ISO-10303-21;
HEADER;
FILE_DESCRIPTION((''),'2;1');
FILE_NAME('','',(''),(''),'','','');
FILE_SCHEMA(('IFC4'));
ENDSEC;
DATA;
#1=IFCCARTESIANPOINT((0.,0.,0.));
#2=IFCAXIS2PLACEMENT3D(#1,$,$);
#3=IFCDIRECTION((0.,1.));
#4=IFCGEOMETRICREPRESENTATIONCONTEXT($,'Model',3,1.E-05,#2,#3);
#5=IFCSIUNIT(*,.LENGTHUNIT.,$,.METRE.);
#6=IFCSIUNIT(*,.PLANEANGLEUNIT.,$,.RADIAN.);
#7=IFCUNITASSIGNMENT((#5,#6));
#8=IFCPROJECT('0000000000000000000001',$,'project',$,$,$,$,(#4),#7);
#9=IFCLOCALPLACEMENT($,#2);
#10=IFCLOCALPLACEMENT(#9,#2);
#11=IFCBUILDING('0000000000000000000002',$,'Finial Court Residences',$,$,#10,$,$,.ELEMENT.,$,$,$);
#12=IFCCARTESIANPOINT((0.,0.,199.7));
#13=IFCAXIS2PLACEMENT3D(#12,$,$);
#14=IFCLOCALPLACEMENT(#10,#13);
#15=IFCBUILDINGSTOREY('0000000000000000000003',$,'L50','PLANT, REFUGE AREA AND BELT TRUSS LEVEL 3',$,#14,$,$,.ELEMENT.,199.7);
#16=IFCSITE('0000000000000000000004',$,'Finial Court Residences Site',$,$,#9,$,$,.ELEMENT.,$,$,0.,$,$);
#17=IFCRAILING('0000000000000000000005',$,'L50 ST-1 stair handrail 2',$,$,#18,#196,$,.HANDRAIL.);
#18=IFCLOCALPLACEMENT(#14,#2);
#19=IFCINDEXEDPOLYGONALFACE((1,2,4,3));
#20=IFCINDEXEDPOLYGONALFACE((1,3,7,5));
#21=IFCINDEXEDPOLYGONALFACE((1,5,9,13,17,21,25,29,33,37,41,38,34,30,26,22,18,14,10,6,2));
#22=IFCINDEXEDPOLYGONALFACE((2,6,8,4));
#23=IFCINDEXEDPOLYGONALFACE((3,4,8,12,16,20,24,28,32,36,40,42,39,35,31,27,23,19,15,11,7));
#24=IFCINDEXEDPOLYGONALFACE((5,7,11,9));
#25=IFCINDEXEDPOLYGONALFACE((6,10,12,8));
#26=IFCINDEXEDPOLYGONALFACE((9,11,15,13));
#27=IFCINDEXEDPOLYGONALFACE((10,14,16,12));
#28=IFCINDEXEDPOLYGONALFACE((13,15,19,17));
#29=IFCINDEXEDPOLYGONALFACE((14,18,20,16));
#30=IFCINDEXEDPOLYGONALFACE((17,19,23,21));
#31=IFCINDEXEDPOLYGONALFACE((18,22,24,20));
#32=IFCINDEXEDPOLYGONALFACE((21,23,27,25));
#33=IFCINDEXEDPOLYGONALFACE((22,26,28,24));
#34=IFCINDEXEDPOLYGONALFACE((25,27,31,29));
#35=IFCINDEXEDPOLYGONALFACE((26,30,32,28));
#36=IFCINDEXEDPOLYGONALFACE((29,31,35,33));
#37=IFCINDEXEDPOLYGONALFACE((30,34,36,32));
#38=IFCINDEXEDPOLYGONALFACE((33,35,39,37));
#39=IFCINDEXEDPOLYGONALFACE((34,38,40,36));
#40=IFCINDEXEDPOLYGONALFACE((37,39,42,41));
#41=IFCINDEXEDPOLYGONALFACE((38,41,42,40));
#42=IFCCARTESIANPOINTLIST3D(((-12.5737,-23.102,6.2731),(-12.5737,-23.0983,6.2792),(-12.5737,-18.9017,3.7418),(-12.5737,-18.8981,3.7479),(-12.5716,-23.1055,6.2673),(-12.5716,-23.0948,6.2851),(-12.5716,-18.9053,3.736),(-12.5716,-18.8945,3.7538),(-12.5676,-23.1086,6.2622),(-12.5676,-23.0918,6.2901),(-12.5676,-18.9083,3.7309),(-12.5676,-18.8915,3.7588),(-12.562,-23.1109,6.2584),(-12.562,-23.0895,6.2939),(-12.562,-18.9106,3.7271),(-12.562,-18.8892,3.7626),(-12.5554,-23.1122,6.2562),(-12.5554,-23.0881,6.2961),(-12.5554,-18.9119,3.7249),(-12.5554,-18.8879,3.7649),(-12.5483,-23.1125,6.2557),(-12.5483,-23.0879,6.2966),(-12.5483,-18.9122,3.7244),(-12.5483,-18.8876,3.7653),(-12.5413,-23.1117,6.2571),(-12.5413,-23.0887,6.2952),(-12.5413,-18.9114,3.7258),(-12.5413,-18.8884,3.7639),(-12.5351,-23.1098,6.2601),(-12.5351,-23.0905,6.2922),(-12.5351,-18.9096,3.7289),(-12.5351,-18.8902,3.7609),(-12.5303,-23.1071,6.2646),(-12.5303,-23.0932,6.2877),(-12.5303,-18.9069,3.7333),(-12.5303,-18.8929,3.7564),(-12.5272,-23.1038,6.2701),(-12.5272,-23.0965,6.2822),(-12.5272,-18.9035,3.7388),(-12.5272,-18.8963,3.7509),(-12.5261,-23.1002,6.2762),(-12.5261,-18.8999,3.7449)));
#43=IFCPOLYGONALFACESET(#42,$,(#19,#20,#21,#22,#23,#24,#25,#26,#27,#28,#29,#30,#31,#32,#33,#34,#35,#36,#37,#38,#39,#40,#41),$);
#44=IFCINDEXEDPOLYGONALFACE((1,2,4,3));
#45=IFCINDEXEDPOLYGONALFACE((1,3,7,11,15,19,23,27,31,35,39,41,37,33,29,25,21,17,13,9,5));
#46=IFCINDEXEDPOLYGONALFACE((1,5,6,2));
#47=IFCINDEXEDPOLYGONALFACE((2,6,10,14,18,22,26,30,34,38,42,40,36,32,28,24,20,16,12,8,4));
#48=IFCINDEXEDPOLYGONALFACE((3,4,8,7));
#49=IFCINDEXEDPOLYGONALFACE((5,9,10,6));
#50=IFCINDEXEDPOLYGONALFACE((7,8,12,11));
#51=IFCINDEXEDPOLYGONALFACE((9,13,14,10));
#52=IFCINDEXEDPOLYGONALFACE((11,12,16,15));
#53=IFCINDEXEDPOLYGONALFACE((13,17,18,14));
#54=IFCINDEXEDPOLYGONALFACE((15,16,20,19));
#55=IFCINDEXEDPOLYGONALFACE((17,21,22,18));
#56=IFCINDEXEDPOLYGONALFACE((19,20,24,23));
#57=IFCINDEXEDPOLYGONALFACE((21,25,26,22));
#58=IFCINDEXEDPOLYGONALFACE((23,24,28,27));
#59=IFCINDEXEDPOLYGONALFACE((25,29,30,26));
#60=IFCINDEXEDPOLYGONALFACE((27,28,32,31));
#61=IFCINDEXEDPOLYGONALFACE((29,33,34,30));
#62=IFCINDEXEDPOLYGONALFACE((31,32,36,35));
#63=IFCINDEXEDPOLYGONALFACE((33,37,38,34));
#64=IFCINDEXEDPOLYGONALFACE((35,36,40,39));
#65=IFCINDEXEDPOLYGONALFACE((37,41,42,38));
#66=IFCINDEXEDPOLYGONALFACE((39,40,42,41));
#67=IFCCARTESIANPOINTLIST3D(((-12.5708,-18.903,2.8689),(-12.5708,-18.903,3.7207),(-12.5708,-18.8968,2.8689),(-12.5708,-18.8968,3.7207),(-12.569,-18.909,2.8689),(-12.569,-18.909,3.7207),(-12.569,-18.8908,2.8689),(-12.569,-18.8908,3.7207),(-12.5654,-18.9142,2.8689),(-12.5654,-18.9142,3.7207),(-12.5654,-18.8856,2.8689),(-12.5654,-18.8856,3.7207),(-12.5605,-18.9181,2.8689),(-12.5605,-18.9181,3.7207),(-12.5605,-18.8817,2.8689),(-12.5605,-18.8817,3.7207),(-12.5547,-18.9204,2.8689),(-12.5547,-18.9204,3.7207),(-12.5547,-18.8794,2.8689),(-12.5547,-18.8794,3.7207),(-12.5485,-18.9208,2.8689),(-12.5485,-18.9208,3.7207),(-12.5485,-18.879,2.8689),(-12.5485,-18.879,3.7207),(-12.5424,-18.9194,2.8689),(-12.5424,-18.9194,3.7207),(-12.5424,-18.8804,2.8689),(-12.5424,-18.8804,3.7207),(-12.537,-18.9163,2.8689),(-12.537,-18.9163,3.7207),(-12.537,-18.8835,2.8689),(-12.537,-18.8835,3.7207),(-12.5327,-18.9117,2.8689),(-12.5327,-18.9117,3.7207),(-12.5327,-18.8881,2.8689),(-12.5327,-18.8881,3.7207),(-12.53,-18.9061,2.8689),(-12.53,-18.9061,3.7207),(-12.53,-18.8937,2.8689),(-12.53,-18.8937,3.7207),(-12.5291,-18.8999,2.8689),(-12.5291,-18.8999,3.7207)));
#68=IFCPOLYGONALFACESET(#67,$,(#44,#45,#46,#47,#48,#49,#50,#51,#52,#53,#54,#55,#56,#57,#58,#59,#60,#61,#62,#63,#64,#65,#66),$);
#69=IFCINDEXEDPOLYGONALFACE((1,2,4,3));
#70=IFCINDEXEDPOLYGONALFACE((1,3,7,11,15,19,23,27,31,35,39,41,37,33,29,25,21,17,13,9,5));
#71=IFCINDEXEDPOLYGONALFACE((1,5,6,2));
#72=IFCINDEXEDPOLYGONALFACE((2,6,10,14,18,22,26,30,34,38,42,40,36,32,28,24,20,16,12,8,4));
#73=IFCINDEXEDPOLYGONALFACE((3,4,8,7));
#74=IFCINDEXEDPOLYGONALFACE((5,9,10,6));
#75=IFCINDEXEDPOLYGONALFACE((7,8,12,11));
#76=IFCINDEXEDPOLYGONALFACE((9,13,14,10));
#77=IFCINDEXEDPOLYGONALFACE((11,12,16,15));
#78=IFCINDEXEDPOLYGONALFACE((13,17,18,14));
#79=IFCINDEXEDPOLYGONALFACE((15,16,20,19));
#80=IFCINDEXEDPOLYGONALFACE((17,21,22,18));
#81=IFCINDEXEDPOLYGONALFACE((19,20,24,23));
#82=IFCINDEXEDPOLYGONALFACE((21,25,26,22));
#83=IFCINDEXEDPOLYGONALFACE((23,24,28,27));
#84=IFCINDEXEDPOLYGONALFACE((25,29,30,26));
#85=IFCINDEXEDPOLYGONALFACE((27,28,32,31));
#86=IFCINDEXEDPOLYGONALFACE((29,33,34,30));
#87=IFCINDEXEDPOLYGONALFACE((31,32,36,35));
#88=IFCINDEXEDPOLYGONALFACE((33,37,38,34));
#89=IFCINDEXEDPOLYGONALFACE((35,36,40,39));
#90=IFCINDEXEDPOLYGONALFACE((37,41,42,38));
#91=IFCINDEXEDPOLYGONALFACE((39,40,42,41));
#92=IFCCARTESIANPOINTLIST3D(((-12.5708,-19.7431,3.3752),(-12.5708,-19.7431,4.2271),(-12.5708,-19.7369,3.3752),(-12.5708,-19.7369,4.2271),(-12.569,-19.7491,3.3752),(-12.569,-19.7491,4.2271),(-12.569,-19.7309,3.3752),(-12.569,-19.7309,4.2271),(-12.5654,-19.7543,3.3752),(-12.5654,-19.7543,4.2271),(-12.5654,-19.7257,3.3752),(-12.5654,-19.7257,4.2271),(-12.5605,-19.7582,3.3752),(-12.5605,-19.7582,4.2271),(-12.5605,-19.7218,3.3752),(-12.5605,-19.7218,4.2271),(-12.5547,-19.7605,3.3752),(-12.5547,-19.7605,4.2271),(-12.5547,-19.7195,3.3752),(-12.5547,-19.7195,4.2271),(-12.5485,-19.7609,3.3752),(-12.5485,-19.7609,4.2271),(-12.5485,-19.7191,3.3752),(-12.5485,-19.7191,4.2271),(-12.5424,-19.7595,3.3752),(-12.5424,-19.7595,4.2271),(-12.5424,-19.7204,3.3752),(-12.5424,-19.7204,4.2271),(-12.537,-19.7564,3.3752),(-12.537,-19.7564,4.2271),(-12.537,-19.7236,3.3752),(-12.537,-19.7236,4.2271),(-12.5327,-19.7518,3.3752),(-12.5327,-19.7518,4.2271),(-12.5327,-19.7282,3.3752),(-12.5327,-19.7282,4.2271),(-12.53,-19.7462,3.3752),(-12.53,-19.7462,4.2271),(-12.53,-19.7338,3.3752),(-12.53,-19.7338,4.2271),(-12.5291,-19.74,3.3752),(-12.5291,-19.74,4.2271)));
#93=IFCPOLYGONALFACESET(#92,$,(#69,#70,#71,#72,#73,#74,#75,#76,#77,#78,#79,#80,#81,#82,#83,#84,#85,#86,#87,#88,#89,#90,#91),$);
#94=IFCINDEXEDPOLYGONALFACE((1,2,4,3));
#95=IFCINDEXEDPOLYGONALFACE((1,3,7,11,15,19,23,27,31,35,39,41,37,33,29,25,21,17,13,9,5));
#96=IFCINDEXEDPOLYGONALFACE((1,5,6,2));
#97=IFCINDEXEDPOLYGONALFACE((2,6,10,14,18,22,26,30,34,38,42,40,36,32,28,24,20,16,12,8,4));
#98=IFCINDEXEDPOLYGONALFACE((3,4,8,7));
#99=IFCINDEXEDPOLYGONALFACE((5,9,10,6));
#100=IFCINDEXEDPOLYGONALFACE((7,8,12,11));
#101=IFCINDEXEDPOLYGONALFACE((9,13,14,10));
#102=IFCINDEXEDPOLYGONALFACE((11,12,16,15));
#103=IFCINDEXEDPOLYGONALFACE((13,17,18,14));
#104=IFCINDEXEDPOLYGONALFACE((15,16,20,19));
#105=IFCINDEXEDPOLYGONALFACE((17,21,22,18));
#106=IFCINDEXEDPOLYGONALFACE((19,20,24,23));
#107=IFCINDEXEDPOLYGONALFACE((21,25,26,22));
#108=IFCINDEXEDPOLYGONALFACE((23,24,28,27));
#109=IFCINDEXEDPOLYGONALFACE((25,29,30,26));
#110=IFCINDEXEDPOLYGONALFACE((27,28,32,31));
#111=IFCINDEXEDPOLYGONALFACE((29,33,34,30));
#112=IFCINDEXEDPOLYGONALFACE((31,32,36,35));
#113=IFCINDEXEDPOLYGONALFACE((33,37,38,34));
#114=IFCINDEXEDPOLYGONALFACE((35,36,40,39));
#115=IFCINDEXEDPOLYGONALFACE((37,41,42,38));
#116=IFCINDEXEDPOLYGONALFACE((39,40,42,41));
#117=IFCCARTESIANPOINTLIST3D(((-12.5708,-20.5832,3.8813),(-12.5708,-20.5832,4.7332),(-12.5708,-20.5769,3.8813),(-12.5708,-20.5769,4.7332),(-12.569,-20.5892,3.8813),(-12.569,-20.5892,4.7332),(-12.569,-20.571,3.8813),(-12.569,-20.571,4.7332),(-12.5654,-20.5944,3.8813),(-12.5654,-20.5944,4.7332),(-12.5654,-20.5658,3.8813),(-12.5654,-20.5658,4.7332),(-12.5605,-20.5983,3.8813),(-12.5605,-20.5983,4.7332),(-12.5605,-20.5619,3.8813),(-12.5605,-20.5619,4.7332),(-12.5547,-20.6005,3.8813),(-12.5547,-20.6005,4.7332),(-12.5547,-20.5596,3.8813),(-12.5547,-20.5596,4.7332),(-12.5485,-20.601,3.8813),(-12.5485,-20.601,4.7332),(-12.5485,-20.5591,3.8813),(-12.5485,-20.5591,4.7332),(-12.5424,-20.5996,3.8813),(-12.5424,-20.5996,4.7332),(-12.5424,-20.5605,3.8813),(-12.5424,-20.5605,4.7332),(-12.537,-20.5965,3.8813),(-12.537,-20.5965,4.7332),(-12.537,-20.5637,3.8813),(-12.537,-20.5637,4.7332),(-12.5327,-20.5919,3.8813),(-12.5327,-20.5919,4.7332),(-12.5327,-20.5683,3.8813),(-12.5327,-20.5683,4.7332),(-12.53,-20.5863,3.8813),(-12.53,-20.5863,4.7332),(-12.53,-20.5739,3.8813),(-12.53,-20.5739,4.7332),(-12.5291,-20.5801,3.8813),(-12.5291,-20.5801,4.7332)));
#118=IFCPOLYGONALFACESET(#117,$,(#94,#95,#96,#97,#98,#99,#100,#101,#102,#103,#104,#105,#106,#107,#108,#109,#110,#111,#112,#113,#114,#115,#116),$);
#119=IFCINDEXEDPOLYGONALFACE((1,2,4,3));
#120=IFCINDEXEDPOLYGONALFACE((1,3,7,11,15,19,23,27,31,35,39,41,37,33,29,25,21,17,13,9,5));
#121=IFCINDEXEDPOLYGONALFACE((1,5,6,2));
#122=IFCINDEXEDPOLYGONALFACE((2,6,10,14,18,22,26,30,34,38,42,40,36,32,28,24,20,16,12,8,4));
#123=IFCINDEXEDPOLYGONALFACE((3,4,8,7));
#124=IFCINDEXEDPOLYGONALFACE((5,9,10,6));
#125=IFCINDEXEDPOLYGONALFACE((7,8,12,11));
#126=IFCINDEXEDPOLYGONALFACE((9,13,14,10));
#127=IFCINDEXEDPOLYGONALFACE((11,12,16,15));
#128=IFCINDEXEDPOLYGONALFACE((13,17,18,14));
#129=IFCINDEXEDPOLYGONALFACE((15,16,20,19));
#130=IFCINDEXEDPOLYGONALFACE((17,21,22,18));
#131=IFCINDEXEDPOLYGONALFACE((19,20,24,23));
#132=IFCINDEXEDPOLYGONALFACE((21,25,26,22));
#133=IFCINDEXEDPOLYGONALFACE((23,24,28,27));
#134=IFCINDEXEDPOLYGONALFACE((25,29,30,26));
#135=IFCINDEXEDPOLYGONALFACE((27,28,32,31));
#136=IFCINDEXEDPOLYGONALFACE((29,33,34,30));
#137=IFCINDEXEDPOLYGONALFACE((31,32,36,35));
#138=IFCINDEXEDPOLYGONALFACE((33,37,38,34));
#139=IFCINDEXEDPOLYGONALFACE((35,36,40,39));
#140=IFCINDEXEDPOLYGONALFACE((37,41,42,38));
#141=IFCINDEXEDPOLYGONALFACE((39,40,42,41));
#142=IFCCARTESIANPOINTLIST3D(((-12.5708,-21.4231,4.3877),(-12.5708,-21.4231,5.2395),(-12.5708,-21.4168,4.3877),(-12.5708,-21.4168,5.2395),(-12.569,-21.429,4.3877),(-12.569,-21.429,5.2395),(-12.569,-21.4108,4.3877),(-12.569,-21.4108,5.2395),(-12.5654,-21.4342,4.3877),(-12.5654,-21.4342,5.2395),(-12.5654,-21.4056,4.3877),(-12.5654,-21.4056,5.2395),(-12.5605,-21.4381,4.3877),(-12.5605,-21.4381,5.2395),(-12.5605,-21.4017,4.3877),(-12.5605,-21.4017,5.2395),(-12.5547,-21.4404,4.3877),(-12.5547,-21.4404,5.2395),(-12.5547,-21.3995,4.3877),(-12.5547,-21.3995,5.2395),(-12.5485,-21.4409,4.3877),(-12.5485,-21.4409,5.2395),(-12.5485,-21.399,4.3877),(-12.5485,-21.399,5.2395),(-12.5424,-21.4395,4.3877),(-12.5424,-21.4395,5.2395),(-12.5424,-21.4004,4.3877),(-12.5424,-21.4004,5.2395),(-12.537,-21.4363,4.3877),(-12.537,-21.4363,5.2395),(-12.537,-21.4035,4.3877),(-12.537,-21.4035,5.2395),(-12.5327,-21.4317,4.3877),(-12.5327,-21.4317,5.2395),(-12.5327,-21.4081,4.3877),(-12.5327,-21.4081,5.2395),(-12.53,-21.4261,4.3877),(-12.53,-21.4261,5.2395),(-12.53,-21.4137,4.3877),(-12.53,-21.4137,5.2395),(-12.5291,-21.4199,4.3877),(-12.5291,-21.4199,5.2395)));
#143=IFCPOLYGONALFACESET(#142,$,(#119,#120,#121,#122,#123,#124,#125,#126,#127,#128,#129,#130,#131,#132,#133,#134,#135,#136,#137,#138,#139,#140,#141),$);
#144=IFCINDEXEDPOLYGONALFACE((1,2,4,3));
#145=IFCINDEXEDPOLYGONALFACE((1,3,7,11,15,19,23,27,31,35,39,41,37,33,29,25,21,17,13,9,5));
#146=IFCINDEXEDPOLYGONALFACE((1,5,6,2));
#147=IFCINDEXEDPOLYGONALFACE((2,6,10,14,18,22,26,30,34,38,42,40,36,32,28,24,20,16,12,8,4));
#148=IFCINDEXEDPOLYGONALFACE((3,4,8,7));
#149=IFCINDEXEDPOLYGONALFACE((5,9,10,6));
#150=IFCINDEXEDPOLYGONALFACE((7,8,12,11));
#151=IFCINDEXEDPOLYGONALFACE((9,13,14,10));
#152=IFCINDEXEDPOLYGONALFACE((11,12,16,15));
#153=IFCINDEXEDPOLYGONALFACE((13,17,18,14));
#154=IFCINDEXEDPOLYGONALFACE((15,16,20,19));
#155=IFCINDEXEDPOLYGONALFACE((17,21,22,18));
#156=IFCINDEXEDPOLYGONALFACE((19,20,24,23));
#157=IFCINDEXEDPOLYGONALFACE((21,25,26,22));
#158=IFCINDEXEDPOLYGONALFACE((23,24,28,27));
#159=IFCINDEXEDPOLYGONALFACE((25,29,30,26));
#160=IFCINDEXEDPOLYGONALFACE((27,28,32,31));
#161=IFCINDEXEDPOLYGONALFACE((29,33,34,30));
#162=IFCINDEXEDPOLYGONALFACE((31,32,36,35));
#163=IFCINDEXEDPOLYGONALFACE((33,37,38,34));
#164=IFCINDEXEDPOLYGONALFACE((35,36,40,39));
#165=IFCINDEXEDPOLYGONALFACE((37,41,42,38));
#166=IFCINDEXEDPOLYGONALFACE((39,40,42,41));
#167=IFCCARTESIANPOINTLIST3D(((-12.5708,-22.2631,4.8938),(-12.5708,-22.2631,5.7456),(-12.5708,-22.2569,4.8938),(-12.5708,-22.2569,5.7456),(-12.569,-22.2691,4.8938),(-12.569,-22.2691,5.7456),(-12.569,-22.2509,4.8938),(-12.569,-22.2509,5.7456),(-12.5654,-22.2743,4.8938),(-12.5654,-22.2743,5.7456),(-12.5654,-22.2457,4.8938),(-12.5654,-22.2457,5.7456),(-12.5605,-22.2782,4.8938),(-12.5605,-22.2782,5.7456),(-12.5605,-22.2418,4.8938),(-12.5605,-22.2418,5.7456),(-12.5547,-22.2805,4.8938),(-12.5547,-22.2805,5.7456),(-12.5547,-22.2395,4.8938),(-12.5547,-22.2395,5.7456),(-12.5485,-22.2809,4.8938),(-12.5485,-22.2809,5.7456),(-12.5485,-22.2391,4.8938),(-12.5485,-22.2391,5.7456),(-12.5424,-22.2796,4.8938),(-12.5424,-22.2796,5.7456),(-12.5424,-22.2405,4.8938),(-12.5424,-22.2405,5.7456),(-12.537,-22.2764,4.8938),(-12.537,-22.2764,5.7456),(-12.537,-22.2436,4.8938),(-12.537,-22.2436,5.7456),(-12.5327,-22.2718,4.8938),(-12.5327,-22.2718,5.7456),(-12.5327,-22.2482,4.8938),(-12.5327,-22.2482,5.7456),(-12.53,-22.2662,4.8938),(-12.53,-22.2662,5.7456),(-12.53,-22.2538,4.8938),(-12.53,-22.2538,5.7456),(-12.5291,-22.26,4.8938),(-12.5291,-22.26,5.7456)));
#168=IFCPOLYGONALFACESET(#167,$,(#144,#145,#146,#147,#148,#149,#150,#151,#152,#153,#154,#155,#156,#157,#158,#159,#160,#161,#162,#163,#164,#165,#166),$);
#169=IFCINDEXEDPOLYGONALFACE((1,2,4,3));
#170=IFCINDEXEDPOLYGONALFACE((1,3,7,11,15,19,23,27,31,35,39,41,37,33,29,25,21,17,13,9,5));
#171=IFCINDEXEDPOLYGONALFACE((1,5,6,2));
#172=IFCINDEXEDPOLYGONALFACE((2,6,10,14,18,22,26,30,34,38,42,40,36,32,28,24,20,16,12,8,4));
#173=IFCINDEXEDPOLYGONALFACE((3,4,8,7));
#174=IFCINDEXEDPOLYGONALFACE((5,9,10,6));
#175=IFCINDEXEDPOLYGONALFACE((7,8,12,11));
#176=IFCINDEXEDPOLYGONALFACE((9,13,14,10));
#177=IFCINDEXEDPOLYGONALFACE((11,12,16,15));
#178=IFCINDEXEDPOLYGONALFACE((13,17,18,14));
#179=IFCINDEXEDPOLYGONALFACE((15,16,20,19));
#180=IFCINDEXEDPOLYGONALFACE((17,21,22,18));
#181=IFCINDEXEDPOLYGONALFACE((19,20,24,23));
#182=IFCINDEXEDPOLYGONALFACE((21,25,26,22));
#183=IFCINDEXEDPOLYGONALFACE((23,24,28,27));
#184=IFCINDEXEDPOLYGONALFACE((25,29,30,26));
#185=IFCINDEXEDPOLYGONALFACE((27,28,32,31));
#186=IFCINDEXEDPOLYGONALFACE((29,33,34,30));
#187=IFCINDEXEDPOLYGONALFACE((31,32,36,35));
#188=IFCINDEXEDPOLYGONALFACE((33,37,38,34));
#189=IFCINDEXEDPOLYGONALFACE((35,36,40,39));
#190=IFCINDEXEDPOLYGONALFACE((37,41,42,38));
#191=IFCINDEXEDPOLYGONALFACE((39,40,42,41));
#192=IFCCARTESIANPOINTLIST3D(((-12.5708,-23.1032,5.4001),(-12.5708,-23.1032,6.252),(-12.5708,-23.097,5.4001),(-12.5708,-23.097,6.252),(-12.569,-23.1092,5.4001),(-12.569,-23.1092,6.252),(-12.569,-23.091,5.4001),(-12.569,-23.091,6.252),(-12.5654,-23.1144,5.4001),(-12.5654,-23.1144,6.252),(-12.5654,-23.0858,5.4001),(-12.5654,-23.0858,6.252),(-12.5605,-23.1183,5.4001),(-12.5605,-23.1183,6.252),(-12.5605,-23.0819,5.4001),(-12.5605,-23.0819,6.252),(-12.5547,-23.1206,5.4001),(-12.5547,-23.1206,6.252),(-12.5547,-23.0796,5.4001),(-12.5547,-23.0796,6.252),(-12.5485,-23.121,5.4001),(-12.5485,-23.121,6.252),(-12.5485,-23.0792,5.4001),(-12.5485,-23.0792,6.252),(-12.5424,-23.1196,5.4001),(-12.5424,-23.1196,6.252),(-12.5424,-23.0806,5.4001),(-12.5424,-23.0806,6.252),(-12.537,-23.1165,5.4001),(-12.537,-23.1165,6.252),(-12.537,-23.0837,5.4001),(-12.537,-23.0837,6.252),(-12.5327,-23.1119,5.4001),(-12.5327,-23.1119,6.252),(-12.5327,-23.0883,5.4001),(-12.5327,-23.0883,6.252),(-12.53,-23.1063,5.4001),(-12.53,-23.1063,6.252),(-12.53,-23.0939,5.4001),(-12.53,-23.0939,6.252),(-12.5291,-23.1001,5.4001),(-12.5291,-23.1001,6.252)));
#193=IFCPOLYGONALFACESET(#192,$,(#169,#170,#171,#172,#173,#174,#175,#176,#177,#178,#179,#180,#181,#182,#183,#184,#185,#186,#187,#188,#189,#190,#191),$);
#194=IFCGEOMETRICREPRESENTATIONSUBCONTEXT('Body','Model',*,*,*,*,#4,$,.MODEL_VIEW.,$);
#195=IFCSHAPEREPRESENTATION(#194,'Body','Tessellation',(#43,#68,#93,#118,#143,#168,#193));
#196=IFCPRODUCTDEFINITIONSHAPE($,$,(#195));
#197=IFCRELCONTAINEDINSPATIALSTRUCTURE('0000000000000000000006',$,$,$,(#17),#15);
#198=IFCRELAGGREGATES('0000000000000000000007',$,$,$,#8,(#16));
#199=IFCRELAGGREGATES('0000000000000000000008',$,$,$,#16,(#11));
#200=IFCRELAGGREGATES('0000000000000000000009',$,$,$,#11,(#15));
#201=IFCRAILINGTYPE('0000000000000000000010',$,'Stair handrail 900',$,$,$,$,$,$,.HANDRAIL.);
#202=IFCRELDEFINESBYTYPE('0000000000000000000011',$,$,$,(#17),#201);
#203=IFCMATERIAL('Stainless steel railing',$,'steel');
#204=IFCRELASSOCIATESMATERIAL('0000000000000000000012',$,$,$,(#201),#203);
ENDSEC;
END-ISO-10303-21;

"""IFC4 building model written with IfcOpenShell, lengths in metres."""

from ifc_helpers import new_model, si_unit, direction, frame, origin, origin_2d, place, context, subcontext, project, spatial, circle, extrude, material, type_object, element, save


model = new_model("IFC4")

# Units and contexts
model_context = context("Model", 3, precision=1e-05, world=origin(), true_north=direction((0.0, 1.0)))
body_context = subcontext(model_context, "Body", "Model", "MODEL_VIEW")
ifc_project = project(units=[si_unit("LENGTHUNIT", "METRE"), si_unit("PLANEANGLEUNIT", "RADIAN")], contexts=[model_context])

# Site, building, storey
site_placement = place(None, origin())
site = spatial("IfcSite", under=ifc_project, at=site_placement, Name="Finial Court Residences Site", CompositionType="ELEMENT", RefElevation=0.0)
building_placement = place(site_placement, origin())
building = spatial("IfcBuilding", under=site, at=building_placement, Name="Finial Court Residences", CompositionType="ELEMENT")
storey_placement = place(building_placement, frame((0.0, 0.0, 199.7)))
storey = spatial("IfcBuildingStorey", under=building, at=storey_placement, Name="L50", Description="PLANT, REFUGE AREA AND BELT TRUSS LEVEL 3", CompositionType="ELEMENT", Elevation=199.7)

# Railing
ifc_material_1 = material(Name="Stainless steel railing", Category="steel")
railing_type_1 = type_object("IfcRailingType", Name="Stair handrail 900", PredefinedType="HANDRAIL", material=ifc_material_1)
railing_1_placement = place(storey_placement, frame((-12.55, -18.8999, 2.8689)))
element("IfcRailing", 1, at=railing_1_placement, inside=storey, type_object=railing_type_1, Name="L50 ST-1 stair handrail 2", PredefinedType="HANDRAIL", context=body_context, shape_type="SweptSolid", body=[
    extrude(circle(Radius=0.0239, at=origin_2d()), frame((0.0, 0.0, 0.876), z_axis=(0.0, -0.85649, 0.516164), x_axis=(1.0, 0.0, 0.0)), (0.0, 0.0, 1.0), 4.9041),
    extrude(circle(Radius=0.021, at=origin_2d()), origin(), (0.0, 0.0, 1.0), 0.8518),
    extrude(circle(Radius=0.021, at=origin_2d()), frame((0.0, -0.8401, 0.5063)), (0.0, 0.0, 1.0), 0.8518),
    extrude(circle(Radius=0.021, at=origin_2d()), frame((0.0, -1.6802, 1.0125)), (0.0, 0.0, 1.0), 0.8518),
    extrude(circle(Radius=0.021, at=origin_2d()), frame((0.0, -2.52, 1.5188)), (0.0, 0.0, 1.0), 0.8518),
    extrude(circle(Radius=0.021, at=origin_2d()), frame((0.0, -3.3601, 2.0249)), (0.0, 0.0, 1.0), 0.8518),
    extrude(circle(Radius=0.021, at=origin_2d()), frame((0.0, -4.2002, 2.5312)), (0.0, 0.0, 1.0), 0.8518),
])

save(model, "model.ifc")
